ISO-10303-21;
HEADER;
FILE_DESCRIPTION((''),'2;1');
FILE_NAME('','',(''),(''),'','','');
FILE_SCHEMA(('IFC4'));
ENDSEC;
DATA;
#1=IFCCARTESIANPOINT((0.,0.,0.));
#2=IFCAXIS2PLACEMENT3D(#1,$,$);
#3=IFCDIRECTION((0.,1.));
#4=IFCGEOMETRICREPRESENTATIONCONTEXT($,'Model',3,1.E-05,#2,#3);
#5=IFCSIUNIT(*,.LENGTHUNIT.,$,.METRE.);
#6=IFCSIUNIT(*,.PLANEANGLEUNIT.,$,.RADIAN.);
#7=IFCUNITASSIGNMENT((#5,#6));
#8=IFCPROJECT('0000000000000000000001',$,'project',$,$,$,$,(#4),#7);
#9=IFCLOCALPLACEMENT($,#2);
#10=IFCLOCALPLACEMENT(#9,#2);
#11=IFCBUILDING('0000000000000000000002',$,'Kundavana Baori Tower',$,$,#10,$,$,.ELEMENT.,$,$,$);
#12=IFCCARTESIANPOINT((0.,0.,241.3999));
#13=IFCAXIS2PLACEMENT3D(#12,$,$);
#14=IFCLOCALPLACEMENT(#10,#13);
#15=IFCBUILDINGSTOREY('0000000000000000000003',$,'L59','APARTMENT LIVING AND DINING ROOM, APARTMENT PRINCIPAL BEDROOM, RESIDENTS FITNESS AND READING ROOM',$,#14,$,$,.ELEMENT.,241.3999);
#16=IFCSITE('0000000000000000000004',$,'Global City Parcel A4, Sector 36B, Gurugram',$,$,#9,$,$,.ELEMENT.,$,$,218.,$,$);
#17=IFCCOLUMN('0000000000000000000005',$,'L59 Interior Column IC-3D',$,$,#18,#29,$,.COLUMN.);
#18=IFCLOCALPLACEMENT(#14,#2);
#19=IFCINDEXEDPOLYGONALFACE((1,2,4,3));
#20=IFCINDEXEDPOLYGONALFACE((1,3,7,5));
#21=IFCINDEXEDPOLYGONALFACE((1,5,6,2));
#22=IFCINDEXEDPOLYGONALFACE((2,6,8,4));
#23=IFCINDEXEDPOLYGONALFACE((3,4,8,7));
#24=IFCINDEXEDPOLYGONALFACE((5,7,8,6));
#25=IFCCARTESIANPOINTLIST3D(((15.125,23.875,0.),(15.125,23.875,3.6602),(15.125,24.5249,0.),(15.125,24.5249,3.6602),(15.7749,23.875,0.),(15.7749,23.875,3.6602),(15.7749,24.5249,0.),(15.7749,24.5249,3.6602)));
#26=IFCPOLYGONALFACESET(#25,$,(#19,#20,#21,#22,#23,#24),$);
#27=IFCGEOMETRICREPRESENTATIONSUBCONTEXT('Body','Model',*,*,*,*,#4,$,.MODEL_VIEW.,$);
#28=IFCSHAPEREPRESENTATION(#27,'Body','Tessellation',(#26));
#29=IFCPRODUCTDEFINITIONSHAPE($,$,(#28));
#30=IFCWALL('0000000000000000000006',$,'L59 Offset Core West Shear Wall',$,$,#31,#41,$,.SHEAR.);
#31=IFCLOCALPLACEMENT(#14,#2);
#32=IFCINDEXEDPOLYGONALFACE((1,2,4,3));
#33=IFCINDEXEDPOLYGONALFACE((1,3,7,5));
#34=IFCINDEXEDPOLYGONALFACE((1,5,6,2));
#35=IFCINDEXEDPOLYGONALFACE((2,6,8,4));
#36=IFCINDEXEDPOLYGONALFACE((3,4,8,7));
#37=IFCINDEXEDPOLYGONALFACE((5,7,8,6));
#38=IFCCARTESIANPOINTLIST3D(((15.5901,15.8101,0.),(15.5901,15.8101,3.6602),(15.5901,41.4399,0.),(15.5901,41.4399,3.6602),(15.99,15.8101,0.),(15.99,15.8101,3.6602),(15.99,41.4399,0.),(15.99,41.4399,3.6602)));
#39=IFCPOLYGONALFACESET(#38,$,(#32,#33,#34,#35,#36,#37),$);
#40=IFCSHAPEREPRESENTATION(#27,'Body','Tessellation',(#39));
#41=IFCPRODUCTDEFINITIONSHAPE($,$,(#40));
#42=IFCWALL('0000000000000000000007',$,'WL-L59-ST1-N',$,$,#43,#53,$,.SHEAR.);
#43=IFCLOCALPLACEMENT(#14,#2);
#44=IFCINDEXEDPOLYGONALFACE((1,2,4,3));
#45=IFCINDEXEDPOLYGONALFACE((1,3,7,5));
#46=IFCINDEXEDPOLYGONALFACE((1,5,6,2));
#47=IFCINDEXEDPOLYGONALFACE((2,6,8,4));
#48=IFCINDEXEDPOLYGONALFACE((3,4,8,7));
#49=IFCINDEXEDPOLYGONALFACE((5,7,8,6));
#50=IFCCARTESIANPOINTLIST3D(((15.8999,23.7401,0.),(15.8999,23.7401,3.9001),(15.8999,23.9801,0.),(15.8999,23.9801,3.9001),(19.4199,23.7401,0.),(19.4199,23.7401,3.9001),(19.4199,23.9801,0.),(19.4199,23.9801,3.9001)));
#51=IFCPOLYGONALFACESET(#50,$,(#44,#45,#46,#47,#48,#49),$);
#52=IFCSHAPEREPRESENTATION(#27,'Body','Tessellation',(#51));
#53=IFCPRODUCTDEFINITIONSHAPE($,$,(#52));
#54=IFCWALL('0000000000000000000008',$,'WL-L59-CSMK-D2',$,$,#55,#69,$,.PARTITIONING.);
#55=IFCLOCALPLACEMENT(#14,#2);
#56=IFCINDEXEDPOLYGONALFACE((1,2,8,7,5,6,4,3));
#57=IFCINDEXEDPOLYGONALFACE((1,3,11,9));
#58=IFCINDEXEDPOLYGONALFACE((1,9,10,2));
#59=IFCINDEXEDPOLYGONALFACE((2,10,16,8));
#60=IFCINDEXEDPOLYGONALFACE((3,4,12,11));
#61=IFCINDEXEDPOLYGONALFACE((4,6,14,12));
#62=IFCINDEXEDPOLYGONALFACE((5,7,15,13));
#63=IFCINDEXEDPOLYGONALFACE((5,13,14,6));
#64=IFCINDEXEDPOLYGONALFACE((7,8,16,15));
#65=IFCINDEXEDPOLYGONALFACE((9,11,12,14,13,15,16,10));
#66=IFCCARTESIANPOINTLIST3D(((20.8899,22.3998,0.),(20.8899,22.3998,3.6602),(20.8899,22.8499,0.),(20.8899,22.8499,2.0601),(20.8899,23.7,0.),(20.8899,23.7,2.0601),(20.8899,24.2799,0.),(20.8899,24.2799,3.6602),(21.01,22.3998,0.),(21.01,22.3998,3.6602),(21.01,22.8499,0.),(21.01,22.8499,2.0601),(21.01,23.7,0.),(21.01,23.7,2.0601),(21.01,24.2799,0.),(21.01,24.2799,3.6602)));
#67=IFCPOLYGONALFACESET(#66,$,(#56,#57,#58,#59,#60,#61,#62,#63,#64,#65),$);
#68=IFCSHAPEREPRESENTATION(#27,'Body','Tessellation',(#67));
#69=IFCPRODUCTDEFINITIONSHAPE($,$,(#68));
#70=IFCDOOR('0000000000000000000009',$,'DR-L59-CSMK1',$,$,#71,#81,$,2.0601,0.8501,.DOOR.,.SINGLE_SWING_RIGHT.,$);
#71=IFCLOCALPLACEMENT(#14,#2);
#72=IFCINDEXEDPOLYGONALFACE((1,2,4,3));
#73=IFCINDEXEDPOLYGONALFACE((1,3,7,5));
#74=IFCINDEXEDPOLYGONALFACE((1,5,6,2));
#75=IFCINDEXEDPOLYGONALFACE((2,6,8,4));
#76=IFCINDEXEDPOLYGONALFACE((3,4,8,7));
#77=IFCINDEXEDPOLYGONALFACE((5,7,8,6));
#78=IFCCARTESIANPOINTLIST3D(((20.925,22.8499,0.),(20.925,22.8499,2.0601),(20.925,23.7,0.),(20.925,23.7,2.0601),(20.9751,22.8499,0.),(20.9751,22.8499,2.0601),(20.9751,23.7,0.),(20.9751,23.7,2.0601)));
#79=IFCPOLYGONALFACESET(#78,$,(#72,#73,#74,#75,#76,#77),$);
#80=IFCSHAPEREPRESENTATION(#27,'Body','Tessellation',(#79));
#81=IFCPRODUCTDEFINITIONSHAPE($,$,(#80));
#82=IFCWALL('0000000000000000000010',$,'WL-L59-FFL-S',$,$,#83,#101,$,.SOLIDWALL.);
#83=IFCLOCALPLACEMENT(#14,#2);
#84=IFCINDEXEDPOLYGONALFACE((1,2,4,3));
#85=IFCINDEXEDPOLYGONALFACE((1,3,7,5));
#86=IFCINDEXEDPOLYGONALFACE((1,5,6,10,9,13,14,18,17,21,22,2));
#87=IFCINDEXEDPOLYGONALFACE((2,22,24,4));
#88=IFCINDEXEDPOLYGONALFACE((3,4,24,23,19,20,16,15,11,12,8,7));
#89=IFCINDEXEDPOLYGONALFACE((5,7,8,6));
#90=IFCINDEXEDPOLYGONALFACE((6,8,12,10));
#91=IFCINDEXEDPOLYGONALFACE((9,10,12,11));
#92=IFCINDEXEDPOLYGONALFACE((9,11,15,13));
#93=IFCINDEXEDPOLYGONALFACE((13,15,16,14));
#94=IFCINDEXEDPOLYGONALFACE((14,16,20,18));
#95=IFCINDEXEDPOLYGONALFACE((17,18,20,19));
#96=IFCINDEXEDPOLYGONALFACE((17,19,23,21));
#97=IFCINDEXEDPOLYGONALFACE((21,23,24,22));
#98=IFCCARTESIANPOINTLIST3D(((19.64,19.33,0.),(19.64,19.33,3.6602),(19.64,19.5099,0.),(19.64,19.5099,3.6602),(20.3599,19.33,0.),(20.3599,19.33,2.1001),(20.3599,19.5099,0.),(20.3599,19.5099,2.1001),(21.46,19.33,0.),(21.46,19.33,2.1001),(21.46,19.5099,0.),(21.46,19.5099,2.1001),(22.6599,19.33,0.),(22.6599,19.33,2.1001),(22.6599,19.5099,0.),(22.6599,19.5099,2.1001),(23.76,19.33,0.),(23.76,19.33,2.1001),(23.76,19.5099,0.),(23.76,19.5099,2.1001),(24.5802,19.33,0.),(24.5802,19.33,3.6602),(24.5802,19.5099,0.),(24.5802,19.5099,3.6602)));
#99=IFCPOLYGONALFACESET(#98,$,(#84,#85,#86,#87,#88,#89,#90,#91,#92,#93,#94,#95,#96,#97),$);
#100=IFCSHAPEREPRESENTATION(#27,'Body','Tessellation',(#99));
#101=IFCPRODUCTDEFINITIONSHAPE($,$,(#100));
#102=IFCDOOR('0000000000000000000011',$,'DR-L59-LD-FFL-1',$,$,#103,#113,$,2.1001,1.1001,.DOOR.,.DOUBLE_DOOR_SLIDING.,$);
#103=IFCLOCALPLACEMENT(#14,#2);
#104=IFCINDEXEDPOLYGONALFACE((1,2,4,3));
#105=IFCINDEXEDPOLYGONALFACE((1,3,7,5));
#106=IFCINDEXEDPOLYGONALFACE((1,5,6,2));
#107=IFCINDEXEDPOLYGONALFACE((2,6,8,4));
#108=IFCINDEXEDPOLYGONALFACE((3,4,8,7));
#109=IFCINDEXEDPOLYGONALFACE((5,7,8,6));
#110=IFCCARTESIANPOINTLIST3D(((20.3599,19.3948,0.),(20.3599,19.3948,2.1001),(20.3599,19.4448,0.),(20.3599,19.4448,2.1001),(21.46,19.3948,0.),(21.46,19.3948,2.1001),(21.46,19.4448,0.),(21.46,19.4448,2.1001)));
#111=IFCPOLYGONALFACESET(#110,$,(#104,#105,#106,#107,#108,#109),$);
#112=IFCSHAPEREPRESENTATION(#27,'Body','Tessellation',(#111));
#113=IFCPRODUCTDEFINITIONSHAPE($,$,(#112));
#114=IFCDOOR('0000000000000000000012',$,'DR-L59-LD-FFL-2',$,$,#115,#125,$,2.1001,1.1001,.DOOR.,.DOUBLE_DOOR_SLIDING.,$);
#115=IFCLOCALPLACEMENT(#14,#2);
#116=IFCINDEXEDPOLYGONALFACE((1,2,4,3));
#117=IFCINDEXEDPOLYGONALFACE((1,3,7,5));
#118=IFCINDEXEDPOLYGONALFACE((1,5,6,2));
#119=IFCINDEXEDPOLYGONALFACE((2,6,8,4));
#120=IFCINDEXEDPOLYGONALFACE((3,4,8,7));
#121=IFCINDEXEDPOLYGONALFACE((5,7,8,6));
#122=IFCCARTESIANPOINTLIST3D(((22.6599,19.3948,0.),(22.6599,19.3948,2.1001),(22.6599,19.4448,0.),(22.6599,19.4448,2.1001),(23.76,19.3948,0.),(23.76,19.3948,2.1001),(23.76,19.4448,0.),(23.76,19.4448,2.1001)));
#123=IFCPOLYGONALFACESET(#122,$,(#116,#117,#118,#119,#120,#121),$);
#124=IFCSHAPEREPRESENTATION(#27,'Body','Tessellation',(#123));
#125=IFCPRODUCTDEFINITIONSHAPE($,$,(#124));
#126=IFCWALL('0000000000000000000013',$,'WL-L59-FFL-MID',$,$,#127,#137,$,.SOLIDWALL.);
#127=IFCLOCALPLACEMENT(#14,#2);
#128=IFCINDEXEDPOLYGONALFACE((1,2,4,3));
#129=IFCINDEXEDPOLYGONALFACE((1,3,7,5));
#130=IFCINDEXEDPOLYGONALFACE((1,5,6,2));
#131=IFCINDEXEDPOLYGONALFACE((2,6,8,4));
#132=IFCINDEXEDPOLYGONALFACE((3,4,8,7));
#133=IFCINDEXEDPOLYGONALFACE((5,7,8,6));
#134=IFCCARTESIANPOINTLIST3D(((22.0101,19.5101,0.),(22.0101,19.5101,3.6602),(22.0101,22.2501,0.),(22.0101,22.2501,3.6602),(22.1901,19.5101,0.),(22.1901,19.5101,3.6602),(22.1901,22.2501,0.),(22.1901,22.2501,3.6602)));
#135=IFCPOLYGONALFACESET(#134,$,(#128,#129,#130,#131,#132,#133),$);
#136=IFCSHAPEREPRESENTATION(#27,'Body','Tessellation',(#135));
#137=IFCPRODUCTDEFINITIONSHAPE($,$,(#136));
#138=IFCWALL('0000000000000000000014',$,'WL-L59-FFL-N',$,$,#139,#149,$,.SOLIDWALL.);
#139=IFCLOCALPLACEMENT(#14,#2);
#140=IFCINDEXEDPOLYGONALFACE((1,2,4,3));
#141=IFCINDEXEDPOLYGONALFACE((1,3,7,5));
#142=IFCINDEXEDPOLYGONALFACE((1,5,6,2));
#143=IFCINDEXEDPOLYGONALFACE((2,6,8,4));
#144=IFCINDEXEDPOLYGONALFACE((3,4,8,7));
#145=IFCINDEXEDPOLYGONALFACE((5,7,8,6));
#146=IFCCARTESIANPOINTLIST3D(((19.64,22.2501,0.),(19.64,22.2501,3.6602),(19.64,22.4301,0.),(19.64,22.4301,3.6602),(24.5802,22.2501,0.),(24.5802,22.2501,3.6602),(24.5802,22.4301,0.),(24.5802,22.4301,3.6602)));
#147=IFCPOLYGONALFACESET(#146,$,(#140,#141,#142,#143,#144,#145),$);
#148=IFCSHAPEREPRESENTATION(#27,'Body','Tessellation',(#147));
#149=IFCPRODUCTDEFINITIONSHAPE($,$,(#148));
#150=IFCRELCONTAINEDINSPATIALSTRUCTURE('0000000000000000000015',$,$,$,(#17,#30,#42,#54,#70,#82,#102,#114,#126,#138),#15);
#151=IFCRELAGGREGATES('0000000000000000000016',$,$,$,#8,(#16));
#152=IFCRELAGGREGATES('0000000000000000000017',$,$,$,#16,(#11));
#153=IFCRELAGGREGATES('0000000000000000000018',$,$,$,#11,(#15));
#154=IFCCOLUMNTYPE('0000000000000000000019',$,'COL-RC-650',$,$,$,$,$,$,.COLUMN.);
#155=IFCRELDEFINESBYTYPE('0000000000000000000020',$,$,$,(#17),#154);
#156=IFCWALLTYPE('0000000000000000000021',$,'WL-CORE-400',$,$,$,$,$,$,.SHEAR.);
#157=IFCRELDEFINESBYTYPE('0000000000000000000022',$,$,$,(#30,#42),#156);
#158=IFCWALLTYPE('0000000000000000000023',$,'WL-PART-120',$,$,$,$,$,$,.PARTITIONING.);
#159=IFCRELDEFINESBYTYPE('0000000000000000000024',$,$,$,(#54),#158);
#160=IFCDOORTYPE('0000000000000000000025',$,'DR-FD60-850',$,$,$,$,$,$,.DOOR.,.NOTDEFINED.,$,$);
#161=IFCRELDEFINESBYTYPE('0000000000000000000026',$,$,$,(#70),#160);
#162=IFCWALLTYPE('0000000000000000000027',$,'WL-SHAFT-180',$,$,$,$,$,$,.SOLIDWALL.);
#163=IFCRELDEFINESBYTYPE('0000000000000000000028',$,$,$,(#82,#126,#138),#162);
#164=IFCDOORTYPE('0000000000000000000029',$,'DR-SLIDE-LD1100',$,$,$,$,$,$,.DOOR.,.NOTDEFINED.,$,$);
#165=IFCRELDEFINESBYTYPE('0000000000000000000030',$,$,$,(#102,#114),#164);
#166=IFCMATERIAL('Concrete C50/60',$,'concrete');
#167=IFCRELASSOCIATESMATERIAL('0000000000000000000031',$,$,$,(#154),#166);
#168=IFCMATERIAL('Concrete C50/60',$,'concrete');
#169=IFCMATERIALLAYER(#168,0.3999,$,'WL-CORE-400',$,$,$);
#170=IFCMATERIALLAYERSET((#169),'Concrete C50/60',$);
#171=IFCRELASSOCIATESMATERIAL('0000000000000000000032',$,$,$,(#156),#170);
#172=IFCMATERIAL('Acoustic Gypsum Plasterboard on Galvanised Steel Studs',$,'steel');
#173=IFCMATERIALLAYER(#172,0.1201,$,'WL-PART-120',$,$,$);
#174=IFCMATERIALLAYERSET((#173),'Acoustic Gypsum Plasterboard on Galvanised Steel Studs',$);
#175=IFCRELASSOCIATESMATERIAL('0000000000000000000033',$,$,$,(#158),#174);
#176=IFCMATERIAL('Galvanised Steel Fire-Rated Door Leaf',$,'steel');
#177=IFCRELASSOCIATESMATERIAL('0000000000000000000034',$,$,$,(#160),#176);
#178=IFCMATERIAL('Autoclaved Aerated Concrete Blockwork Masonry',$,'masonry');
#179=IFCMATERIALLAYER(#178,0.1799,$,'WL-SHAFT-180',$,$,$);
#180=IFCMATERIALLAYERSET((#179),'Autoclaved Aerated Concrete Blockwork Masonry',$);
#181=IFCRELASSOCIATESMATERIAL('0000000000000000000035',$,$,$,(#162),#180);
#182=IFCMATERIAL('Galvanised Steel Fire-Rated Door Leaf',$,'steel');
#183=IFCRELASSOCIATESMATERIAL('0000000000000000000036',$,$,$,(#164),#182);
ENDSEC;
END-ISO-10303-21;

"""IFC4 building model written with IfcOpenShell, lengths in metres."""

from ifc_helpers import new_model, si_unit, direction, frame, frame_2d, origin, origin_2d, place, context, subcontext, project, spatial, rectangle, extrude, material, layer, layer_set, material_profile, profile_set, type_object, element, fill, save


model = new_model("IFC4")

# Units and contexts
model_context = context("Model", 3, precision=1e-05, world=origin(), true_north=direction((0.0, 1.0)))
body_context = subcontext(model_context, "Body", "Model", "MODEL_VIEW")
ifc_project = project(units=[si_unit("LENGTHUNIT", "METRE"), si_unit("PLANEANGLEUNIT", "RADIAN")], contexts=[model_context])

# Site, building, storey
site_placement = place(None, origin())
site = spatial("IfcSite", under=ifc_project, at=site_placement, Name="Global City Parcel A4, Sector 36B, Gurugram", CompositionType="ELEMENT", RefElevation=218.0)
building_placement = place(site_placement, origin())
building = spatial("IfcBuilding", under=site, at=building_placement, Name="Kundavana Baori Tower", CompositionType="ELEMENT")
storey_placement = place(building_placement, frame((0.0, 0.0, 241.3999)))
storey = spatial("IfcBuildingStorey", under=building, at=storey_placement, Name="L59", Description="APARTMENT LIVING AND DINING ROOM, APARTMENT PRINCIPAL BEDROOM, RESIDENTS FITNESS AND READING ROOM", CompositionType="ELEMENT", Elevation=241.3999)

# Column
ifc_material_1 = material(Name="Concrete C50/60", Category="concrete")
ifc_material_profile = material_profile(ifc_material_1, rectangle(XDim=0.6499, YDim=0.6499, at=origin_2d()), Name="RC 650x650")
ifc_profile_set = profile_set([ifc_material_profile], Name="Concrete C50/60")
column_type = type_object("IfcColumnType", Name="COL-RC-650", PredefinedType="COLUMN", material=ifc_profile_set)
column_placement = place(storey_placement, frame((15.45, 24.2, 0.0), z_axis=(0.0, 0.0, 1.0), x_axis=(1.0, 0.0, 0.0)))
element("IfcColumn", 1, at=column_placement, inside=storey, type_object=column_type, Name="L59 Interior Column IC-3D", PredefinedType="COLUMN", context=body_context, shape_type="SweptSolid", body=[
    extrude(rectangle(XDim=0.6499, YDim=0.6499, at=origin_2d()), origin(), (0.0, 0.0, 1.0), 3.6602),
])

# Walls
ifc_material_2 = material(Name="Concrete C50/60", Category="concrete")
ifc_layer_1 = layer(ifc_material_2, 0.3999, Name="WL-CORE-400")
ifc_layer_set_1 = layer_set([ifc_layer_1], Name="Concrete C50/60")
wall_type_1 = type_object("IfcWallType", Name="WL-CORE-400", PredefinedType="SHEAR", material=ifc_layer_set_1)
wall_1_placement = place(storey_placement, frame((15.79, 15.8101, 0.0), z_axis=(0.0, 0.0, 1.0), x_axis=(0.0, 1.0, 0.0)))
element("IfcWall", 2, at=wall_1_placement, inside=storey, type_object=wall_type_1, Name="L59 Offset Core West Shear Wall", PredefinedType="SHEAR", context=body_context, shape_type="SweptSolid", body=[
    extrude(rectangle(XDim=25.6299, YDim=0.3999, at=frame_2d((12.8149, 0.0))), origin(), (0.0, 0.0, 1.0), 3.6602),
])
wall_2_placement = place(storey_placement, frame((15.8999, 23.8601, 0.0), z_axis=(0.0, 0.0, 1.0), x_axis=(1.0, 0.0, 0.0)))
element("IfcWall", 3, at=wall_2_placement, inside=storey, type_object=wall_type_1, Name="WL-L59-ST1-N", PredefinedType="SHEAR", context=body_context, shape_type="SweptSolid", body=[
    extrude(rectangle(XDim=3.52, YDim=0.24, at=frame_2d((1.76, 0.0))), origin(), (0.0, 0.0, 1.0), 3.9001),
])

# Wall, opening, door
ifc_material_3 = material(Name="Acoustic Gypsum Plasterboard on Galvanised Steel Studs", Category="steel")
ifc_layer_2 = layer(ifc_material_3, 0.1201, Name="WL-PART-120")
ifc_layer_set_2 = layer_set([ifc_layer_2], Name="Acoustic Gypsum Plasterboard on Galvanised Steel Studs")
wall_type_2 = type_object("IfcWallType", Name="WL-PART-120", PredefinedType="PARTITIONING", material=ifc_layer_set_2)
wall_3_placement = place(storey_placement, frame((20.95, 22.3999, 0.0), z_axis=(0.0, 0.0, 1.0), x_axis=(0.0, 1.0, 0.0)))
wall_3 = element("IfcWall", 4, at=wall_3_placement, inside=storey, type_object=wall_type_2, Name="WL-L59-CSMK-D2", PredefinedType="PARTITIONING", context=body_context, shape_type="SweptSolid", body=[
    extrude(rectangle(XDim=1.8801, YDim=0.1201, at=frame_2d((0.9399, 0.0))), origin(), (0.0, 0.0, 1.0), 3.6602),
])
opening_1_placement = place(wall_3_placement, frame((0.45, 0.0, 0.0)))
opening_1 = element("IfcOpeningElement", 5, at=opening_1_placement, cuts=wall_3, PredefinedType="OPENING", context=body_context, shape_type="SweptSolid", body=[
    extrude(rectangle(XDim=0.8501, YDim=2.0601, at=frame_2d((0.425, 1.03))), frame((0.0, 0.0701, 0.0), z_axis=(0.0, -1.0, 0.0), x_axis=(1.0, 0.0, 0.0)), (0.0, 0.0, 1.0), 0.1401),
])
ifc_material_4 = material(Name="Galvanised Steel Fire-Rated Door Leaf", Category="steel")
door_type_1 = type_object("IfcDoorType", Name="DR-FD60-850", OperationType="NOTDEFINED", PredefinedType="DOOR", material=ifc_material_4)
door_1_placement = place(opening_1_placement, origin())
door_1 = element("IfcDoor", 6, at=door_1_placement, inside=storey, type_object=door_type_1, Name="DR-L59-CSMK1", OperationType="SINGLE_SWING_RIGHT", OverallHeight=2.0601, OverallWidth=0.8501, PredefinedType="DOOR", context=body_context, shape_type="SweptSolid", body=[
    extrude(rectangle(XDim=0.8501, YDim=2.0601, at=frame_2d((0.425, 1.03))), frame((0.0, 0.0249, 0.0), z_axis=(0.0, -1.0, 0.0), x_axis=(1.0, 0.0, 0.0)), (0.0, 0.0, 1.0), 0.05),
])
fill(opening_1, door_1)

# Wall, openings, doors
ifc_material_5 = material(Name="Autoclaved Aerated Concrete Blockwork Masonry", Category="masonry")
ifc_layer_3 = layer(ifc_material_5, 0.1799, Name="WL-SHAFT-180")
ifc_layer_set_3 = layer_set([ifc_layer_3], Name="Autoclaved Aerated Concrete Blockwork Masonry")
wall_type_3 = type_object("IfcWallType", Name="WL-SHAFT-180", PredefinedType="SOLIDWALL", material=ifc_layer_set_3)
wall_4_placement = place(storey_placement, frame((19.6399, 19.4199, 0.0), z_axis=(0.0, 0.0, 1.0), x_axis=(1.0, 0.0, 0.0)))
wall_4 = element("IfcWall", 7, at=wall_4_placement, inside=storey, type_object=wall_type_3, Name="WL-L59-FFL-S", PredefinedType="SOLIDWALL", context=body_context, shape_type="SweptSolid", body=[
    extrude(rectangle(XDim=4.9402, YDim=0.1799, at=frame_2d((2.4702, 0.0))), origin(), (0.0, 0.0, 1.0), 3.6602),
])
opening_2_placement = place(wall_4_placement, frame((0.72, 0.0, 0.0)))
opening_2 = element("IfcOpeningElement", 8, at=opening_2_placement, cuts=wall_4, PredefinedType="OPENING", context=body_context, shape_type="SweptSolid", body=[
    extrude(rectangle(XDim=1.1001, YDim=2.1001, at=frame_2d((0.55, 1.05))), frame((0.0, 0.1001, 0.0), z_axis=(0.0, -1.0, 0.0), x_axis=(1.0, 0.0, 0.0)), (0.0, 0.0, 1.0), 0.2),
])
opening_3_placement = place(wall_4_placement, frame((3.02, 0.0, 0.0)))
opening_3 = element("IfcOpeningElement", 9, at=opening_3_placement, cuts=wall_4, PredefinedType="OPENING", context=body_context, shape_type="SweptSolid", body=[
    extrude(rectangle(XDim=1.1001, YDim=2.1001, at=frame_2d((0.55, 1.05))), frame((0.0, 0.1001, 0.0), z_axis=(0.0, -1.0, 0.0), x_axis=(1.0, 0.0, 0.0)), (0.0, 0.0, 1.0), 0.2),
])
ifc_material_6 = material(Name="Galvanised Steel Fire-Rated Door Leaf", Category="steel")
door_type_2 = type_object("IfcDoorType", Name="DR-SLIDE-LD1100", OperationType="NOTDEFINED", PredefinedType="DOOR", material=ifc_material_6)
door_2_placement = place(opening_2_placement, origin())
door_2 = element("IfcDoor", 10, at=door_2_placement, inside=storey, type_object=door_type_2, Name="DR-L59-LD-FFL-1", OperationType="DOUBLE_DOOR_SLIDING", OverallHeight=2.1001, OverallWidth=1.1001, PredefinedType="DOOR", context=body_context, shape_type="SweptSolid", body=[
    extrude(rectangle(XDim=1.1001, YDim=2.1001, at=frame_2d((0.55, 1.05))), frame((0.0, 0.0249, 0.0), z_axis=(0.0, -1.0, 0.0), x_axis=(1.0, 0.0, 0.0)), (0.0, 0.0, 1.0), 0.05),
])
fill(opening_2, door_2)
door_3_placement = place(opening_3_placement, origin())
door_3 = element("IfcDoor", 11, at=door_3_placement, inside=storey, type_object=door_type_2, Name="DR-L59-LD-FFL-2", OperationType="DOUBLE_DOOR_SLIDING", OverallHeight=2.1001, OverallWidth=1.1001, PredefinedType="DOOR", context=body_context, shape_type="SweptSolid", body=[
    extrude(rectangle(XDim=1.1001, YDim=2.1001, at=frame_2d((0.55, 1.05))), frame((0.0, 0.0249, 0.0), z_axis=(0.0, -1.0, 0.0), x_axis=(1.0, 0.0, 0.0)), (0.0, 0.0, 1.0), 0.05),
])
fill(opening_3, door_3)

# Walls
wall_5_placement = place(storey_placement, frame((22.1001, 19.51, 0.0), z_axis=(0.0, 0.0, 1.0), x_axis=(0.0, 1.0, 0.0)))
element("IfcWall", 12, at=wall_5_placement, inside=storey, type_object=wall_type_3, Name="WL-L59-FFL-MID", PredefinedType="SOLIDWALL", context=body_context, shape_type="SweptSolid", body=[
    extrude(rectangle(XDim=2.74, YDim=0.1799, at=frame_2d((1.3701, 0.0))), origin(), (0.0, 0.0, 1.0), 3.6602),
])
wall_6_placement = place(storey_placement, frame((19.6399, 22.3401, 0.0), z_axis=(0.0, 0.0, 1.0), x_axis=(1.0, 0.0, 0.0)))
element("IfcWall", 13, at=wall_6_placement, inside=storey, type_object=wall_type_3, Name="WL-L59-FFL-N", PredefinedType="SOLIDWALL", context=body_context, shape_type="SweptSolid", body=[
    extrude(rectangle(XDim=4.9402, YDim=0.1799, at=frame_2d((2.4702, 0.0))), origin(), (0.0, 0.0, 1.0), 3.6602),
])

save(model, "model.ifc")
